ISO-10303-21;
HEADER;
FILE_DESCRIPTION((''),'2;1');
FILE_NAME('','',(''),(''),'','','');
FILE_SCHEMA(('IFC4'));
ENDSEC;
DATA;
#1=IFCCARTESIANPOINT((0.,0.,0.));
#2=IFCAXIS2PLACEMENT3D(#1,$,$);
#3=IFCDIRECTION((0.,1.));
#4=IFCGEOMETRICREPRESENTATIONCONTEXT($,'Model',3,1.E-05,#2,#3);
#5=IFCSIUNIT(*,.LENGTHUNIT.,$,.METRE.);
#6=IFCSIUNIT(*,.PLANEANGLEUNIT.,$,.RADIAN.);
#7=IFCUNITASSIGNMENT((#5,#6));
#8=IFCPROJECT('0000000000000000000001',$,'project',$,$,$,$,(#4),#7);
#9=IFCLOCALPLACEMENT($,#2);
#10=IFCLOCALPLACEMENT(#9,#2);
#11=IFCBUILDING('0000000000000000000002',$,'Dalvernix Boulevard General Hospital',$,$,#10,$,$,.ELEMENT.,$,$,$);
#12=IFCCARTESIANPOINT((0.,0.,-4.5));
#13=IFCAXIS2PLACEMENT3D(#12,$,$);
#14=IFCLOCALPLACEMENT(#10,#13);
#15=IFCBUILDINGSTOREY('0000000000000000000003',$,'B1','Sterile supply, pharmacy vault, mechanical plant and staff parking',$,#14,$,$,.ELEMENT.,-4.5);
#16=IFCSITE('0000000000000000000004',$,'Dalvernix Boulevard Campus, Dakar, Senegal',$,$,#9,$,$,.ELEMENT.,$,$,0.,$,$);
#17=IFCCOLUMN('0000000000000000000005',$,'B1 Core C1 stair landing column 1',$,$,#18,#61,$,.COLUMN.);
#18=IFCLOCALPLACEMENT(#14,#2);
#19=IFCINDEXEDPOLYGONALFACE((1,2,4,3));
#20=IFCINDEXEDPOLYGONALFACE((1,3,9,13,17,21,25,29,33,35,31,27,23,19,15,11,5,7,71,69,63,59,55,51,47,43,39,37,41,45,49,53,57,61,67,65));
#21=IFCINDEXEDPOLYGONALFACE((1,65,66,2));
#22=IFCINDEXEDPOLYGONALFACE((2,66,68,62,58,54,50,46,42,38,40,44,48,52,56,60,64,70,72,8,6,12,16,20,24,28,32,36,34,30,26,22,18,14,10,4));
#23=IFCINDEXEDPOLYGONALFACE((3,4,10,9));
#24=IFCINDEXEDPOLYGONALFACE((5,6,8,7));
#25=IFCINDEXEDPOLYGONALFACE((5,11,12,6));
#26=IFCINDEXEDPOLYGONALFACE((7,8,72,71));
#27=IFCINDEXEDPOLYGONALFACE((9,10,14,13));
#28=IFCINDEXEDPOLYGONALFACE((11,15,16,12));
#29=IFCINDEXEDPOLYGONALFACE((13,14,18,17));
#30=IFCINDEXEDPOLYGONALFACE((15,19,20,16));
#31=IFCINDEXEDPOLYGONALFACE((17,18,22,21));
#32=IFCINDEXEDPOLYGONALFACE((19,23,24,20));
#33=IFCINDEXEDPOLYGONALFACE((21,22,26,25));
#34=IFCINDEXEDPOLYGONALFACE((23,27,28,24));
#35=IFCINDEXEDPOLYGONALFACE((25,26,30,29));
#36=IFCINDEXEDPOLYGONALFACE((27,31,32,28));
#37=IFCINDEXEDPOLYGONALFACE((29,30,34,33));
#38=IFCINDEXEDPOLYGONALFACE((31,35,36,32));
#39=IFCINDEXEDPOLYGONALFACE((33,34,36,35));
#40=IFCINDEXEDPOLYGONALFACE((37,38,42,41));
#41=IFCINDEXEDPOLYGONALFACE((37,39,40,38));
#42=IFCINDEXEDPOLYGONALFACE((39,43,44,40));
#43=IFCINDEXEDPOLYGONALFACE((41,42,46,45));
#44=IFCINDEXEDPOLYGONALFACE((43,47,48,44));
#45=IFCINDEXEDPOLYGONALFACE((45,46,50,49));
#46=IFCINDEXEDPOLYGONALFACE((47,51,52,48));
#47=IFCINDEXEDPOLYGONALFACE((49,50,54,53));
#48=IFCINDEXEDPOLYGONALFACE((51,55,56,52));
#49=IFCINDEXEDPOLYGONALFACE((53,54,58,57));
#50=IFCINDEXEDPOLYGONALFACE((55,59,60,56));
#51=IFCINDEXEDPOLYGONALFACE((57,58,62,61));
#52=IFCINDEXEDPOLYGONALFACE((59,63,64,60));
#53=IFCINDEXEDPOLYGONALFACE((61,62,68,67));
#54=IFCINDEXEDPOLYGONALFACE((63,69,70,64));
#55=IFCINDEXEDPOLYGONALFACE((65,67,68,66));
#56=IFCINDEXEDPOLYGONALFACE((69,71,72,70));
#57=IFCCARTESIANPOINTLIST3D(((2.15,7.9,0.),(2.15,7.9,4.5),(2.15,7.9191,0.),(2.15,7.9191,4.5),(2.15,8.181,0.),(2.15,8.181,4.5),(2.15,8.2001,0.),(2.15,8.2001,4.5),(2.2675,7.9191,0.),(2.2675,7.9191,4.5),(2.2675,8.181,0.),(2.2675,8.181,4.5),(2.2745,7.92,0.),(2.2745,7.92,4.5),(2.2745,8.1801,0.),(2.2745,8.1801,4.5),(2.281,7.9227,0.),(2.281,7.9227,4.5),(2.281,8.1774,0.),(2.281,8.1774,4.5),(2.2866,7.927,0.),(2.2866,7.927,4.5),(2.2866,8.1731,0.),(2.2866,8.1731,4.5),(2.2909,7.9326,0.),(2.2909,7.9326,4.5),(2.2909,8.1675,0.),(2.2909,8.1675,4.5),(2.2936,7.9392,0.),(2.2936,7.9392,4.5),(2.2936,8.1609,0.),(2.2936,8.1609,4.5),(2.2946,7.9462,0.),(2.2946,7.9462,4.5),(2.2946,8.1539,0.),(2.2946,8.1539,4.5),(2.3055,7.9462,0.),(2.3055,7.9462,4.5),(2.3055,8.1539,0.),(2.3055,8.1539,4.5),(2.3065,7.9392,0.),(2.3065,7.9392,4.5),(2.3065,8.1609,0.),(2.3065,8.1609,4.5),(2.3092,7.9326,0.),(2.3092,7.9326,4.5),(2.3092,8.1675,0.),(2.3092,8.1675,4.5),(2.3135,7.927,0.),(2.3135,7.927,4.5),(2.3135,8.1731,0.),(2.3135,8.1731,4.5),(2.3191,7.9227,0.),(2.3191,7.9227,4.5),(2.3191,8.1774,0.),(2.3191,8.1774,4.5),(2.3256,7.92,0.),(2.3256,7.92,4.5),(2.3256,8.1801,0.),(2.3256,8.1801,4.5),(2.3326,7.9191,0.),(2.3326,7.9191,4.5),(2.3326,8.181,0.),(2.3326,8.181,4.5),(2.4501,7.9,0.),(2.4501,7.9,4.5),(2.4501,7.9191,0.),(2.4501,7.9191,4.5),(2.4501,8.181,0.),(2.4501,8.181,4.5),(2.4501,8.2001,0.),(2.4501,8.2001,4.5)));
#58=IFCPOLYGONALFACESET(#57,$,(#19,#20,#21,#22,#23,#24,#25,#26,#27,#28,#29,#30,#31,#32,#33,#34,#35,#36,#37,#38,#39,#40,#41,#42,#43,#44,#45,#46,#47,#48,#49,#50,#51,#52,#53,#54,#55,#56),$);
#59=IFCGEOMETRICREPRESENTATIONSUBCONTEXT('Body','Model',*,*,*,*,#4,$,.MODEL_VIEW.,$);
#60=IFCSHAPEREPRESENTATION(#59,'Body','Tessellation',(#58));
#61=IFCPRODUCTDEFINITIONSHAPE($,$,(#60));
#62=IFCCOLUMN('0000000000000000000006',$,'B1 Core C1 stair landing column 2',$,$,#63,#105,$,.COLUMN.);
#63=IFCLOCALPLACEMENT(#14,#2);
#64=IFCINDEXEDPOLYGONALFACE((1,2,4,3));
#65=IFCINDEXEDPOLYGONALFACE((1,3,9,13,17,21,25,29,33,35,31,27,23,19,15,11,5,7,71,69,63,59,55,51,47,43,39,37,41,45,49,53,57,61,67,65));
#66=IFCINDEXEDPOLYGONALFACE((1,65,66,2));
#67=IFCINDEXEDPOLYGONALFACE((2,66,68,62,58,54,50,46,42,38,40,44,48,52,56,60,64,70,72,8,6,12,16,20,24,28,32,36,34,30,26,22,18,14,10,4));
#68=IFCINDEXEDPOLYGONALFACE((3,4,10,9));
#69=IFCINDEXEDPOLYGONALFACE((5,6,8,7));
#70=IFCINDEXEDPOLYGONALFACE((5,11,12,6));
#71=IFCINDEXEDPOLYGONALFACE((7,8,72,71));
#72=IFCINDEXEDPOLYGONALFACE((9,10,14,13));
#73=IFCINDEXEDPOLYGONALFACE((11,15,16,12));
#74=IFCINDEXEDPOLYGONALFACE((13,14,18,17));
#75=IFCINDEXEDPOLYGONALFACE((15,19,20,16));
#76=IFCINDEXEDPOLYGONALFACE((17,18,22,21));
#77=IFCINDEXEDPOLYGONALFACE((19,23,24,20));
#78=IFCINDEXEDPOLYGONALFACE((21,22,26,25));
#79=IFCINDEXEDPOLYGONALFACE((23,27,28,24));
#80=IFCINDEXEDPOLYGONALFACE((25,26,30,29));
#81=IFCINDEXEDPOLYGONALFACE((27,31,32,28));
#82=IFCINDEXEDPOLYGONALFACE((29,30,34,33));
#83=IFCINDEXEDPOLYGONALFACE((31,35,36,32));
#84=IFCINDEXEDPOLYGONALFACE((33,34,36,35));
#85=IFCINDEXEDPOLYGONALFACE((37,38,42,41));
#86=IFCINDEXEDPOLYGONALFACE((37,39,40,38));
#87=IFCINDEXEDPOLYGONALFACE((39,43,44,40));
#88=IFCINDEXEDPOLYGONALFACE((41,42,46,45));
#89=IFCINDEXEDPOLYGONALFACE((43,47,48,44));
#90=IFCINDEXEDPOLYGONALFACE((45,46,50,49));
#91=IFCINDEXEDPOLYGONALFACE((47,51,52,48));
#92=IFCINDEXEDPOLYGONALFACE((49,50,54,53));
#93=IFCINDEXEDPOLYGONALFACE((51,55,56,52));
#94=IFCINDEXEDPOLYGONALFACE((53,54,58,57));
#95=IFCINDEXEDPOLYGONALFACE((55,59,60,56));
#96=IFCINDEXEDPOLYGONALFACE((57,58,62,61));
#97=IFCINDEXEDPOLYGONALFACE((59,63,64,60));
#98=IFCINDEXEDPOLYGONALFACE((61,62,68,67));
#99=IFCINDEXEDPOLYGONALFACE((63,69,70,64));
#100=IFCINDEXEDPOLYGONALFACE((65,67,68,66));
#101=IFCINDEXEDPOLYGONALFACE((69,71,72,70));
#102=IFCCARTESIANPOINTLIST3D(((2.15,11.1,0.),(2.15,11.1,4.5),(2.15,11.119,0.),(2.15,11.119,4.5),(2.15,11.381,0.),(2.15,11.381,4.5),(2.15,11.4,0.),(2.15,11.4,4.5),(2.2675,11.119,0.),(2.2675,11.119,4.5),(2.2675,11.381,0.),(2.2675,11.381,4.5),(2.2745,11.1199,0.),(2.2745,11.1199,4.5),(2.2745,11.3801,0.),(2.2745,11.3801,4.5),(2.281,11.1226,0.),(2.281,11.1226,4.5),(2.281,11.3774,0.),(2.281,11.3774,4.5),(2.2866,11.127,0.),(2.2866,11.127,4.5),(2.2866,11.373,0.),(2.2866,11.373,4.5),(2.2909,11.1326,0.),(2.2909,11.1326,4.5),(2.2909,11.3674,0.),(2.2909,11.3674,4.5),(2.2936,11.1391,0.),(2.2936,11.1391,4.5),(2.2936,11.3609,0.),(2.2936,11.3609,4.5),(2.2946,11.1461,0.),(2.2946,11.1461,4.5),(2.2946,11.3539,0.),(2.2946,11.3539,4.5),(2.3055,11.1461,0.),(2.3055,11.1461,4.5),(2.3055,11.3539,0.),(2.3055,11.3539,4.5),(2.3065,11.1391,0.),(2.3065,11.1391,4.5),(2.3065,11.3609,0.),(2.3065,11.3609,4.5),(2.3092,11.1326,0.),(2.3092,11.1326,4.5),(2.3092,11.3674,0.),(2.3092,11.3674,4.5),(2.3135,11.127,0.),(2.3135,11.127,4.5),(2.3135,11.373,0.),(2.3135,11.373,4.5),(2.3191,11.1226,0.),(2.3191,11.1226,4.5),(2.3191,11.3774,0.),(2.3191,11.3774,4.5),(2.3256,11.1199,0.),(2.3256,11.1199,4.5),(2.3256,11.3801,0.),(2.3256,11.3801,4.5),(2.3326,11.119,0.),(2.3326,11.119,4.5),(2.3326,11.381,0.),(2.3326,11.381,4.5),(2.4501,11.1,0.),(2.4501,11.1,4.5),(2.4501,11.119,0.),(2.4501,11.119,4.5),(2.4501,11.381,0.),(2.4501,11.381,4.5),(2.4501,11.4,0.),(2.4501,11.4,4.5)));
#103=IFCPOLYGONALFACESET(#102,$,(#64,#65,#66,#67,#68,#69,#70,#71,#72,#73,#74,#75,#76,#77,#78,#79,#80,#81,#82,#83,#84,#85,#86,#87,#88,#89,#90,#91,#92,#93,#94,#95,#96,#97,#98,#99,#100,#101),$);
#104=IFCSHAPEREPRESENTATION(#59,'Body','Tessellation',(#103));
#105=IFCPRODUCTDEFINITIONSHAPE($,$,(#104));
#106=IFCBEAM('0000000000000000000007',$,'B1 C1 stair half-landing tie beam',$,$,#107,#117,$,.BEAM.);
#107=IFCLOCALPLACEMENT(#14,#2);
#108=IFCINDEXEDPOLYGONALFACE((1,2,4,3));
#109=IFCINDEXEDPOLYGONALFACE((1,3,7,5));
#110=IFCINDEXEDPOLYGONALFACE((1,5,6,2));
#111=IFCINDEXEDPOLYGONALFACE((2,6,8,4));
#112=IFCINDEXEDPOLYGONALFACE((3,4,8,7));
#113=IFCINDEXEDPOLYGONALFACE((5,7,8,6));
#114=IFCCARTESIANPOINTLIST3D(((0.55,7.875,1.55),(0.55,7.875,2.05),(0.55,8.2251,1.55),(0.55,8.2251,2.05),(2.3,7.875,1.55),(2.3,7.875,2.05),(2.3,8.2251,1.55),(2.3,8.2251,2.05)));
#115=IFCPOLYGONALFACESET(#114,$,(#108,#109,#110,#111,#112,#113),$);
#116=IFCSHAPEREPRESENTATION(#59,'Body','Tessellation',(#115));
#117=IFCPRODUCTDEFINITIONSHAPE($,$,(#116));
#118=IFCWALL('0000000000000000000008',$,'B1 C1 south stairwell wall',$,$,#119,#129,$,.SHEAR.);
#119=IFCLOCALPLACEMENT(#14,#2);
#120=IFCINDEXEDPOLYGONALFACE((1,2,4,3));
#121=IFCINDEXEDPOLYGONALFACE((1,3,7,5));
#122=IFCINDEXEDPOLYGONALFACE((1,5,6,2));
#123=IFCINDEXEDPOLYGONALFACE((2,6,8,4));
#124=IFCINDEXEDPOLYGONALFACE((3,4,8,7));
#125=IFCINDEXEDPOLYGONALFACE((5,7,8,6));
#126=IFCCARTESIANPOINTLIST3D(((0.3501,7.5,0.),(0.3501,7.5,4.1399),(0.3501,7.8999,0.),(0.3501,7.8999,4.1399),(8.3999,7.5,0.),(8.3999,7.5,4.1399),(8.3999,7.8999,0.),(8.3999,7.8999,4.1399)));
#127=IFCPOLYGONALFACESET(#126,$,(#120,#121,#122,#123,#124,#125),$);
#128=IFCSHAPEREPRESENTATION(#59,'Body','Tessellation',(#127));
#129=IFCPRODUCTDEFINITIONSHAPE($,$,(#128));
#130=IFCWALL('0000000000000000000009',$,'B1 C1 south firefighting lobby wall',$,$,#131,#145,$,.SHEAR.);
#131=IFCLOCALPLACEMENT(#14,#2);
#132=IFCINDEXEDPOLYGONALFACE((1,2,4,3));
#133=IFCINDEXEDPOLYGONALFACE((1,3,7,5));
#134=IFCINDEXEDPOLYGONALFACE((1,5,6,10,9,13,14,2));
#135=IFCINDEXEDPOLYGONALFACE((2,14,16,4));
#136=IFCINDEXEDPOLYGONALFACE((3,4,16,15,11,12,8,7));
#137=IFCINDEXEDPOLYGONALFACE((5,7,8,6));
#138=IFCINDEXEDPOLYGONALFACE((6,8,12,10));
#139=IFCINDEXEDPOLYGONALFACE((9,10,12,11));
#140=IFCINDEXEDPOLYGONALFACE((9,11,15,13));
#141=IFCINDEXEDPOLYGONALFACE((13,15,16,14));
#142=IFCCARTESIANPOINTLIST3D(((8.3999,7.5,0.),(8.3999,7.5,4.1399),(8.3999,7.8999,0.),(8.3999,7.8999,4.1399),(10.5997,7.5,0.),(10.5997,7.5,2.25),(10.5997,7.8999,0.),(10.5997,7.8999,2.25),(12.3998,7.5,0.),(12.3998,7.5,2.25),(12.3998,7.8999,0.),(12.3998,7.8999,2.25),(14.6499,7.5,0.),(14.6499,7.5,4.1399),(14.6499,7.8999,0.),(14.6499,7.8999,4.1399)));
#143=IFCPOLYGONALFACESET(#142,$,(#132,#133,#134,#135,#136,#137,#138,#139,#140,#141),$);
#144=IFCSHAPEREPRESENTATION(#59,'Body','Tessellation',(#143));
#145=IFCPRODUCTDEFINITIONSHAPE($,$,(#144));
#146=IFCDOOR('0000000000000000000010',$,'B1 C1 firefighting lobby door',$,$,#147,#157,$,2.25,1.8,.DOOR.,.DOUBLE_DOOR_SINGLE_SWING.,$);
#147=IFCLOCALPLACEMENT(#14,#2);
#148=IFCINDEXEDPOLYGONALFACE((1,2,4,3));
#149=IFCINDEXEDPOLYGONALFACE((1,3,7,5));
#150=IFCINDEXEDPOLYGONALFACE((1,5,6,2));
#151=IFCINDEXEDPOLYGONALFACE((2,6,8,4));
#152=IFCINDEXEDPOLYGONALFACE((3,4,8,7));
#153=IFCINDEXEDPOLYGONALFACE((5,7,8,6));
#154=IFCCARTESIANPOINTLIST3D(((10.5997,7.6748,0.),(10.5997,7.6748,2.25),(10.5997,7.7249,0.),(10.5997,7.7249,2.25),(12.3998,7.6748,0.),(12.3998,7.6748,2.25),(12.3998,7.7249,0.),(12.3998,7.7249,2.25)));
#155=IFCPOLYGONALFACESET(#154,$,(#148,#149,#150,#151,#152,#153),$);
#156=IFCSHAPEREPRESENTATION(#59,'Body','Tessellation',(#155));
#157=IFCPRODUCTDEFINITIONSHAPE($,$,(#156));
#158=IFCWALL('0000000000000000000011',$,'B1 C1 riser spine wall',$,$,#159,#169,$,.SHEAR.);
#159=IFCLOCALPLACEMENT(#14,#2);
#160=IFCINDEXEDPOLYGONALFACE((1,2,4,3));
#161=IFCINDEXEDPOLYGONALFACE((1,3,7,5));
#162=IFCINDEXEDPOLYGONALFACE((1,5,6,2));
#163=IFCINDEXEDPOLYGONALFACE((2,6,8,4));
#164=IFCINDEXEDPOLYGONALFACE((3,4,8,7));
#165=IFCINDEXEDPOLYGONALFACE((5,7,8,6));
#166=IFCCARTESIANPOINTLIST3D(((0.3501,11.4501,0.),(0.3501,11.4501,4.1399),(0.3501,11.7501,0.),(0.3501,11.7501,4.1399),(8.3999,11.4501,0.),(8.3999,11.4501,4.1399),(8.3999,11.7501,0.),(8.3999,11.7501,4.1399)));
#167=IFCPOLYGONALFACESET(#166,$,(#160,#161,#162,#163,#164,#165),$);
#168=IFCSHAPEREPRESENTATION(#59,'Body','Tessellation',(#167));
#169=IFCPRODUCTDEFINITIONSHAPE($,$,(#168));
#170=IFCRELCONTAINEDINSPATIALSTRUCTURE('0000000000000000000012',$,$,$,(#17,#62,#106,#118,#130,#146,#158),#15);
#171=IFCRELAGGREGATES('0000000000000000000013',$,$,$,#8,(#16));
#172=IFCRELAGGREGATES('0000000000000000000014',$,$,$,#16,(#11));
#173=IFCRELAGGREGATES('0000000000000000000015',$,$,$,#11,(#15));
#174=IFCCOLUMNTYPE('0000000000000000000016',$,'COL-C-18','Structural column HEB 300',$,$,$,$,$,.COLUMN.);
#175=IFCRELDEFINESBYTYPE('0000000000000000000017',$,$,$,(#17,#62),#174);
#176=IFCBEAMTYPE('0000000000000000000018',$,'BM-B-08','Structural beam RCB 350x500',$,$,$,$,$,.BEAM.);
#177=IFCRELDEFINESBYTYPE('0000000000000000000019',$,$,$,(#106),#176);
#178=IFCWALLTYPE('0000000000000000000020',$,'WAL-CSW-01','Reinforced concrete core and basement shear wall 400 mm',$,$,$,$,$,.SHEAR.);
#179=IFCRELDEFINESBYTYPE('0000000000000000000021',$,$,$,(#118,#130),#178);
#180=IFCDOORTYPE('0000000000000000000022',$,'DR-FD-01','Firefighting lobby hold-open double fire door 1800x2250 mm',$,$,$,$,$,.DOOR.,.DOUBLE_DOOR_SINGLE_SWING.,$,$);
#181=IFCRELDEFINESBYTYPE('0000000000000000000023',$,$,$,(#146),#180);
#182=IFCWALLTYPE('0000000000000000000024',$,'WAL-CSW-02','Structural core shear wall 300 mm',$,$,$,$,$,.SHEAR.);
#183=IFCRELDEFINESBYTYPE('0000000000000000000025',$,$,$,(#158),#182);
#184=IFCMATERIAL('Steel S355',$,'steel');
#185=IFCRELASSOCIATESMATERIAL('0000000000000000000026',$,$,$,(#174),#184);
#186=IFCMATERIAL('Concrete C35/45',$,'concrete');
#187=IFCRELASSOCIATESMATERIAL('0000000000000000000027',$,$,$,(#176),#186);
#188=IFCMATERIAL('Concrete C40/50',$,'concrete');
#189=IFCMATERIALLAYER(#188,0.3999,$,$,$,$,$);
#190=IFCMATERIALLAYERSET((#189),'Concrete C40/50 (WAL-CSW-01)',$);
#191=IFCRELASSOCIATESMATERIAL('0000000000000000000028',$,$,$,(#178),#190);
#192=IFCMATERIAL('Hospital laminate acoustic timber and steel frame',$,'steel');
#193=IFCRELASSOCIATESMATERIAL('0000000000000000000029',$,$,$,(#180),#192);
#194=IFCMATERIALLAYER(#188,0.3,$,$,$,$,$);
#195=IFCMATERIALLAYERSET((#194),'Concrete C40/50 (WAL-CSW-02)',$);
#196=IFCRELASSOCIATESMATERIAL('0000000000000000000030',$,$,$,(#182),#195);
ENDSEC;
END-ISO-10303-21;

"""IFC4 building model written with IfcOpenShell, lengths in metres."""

from ifc_helpers import new_model, si_unit, direction, frame, frame_2d, origin, origin_2d, place, context, subcontext, project, spatial, rectangle, i_section, extrude, material, layer, layer_set, material_profile, profile_set, type_object, element, fill, save


model = new_model("IFC4")

# Units and contexts
model_context = context("Model", 3, precision=1e-05, world=origin(), true_north=direction((0.0, 1.0)))
body_context = subcontext(model_context, "Body", "Model", "MODEL_VIEW")
ifc_project = project(units=[si_unit("LENGTHUNIT", "METRE"), si_unit("PLANEANGLEUNIT", "RADIAN")], contexts=[model_context])

# Site, building, storey
site_placement = place(None, origin())
site = spatial("IfcSite", under=ifc_project, at=site_placement, Name="Dalvernix Boulevard Campus, Dakar, Senegal", CompositionType="ELEMENT", RefElevation=0.0)
building_placement = place(site_placement, origin())
building = spatial("IfcBuilding", under=site, at=building_placement, Name="Dalvernix Boulevard General Hospital", CompositionType="ELEMENT")
storey_placement = place(building_placement, frame((0.0, 0.0, -4.5)))
storey = spatial("IfcBuildingStorey", under=building, at=storey_placement, Name="B1", Description="Sterile supply, pharmacy vault, mechanical plant and staff parking", CompositionType="ELEMENT", Elevation=-4.5)

# Shared definitions
ifc_material_1 = material(Name="Concrete C35/45", Category="concrete")

# Columns
ifc_material_2 = material(Name="Steel S355", Category="steel")
ifc_material_profile_1 = material_profile(ifc_material_2, i_section(OverallWidth=0.3, OverallDepth=0.3, WebThickness=0.011, FlangeThickness=0.019, FilletRadius=0.0271, at=origin_2d()), Name="HEB 300")
ifc_profile_set_1 = profile_set([ifc_material_profile_1], Name="Steel S355")
column_type = type_object("IfcColumnType", Name="COL-C-18", Description="Structural column HEB 300", PredefinedType="COLUMN", material=ifc_profile_set_1)
for number, where, z_axis, x_axis, name in (
    (1, (2.3, 8.05, 0.0), (0.0, 0.0, 1.0), (1.0, 0.0, 0.0), "B1 Core C1 stair landing column 1"),
    (2, (2.3, 11.25, 0.0), (0.0, 0.0, 1.0), (1.0, 0.0, 0.0), "B1 Core C1 stair landing column 2"),
):
    element("IfcColumn", number, at=place(storey_placement, frame(where, z_axis=z_axis, x_axis=x_axis)), inside=storey, type_object=column_type, Name=name, PredefinedType="COLUMN", context=body_context, shape_type="SweptSolid", body=[
        extrude(i_section(OverallWidth=0.3, OverallDepth=0.3, WebThickness=0.011, FlangeThickness=0.019, FilletRadius=0.0271, at=origin_2d()), origin(), (0.0, 0.0, 1.0), 4.5),
    ])

# Beam
ifc_material_profile_2 = material_profile(ifc_material_1, rectangle(XDim=0.3501, YDim=0.5, at=origin_2d()), Name="RCB 350x500")
ifc_profile_set_2 = profile_set([ifc_material_profile_2], Name="Concrete C35/45")
beam_type = type_object("IfcBeamType", Name="BM-B-08", Description="Structural beam RCB 350x500", PredefinedType="BEAM", material=ifc_profile_set_2)
beam_placement = place(storey_placement, frame((0.55, 8.05, 1.8), z_axis=(1.0, 0.0, 0.0), x_axis=(0.0, 1.0, 0.0)))
element("IfcBeam", 3, at=beam_placement, inside=storey, type_object=beam_type, Name="B1 C1 stair half-landing tie beam", PredefinedType="BEAM", context=body_context, shape_type="SweptSolid", body=[
    extrude(rectangle(XDim=0.3501, YDim=0.5, at=origin_2d()), origin(), (0.0, 0.0, 1.0), 1.75),
])

# Wall
ifc_material_3 = material(Name="Concrete C40/50", Category="concrete")
ifc_layer_1 = layer(ifc_material_3, 0.3999)
ifc_layer_set_1 = layer_set([ifc_layer_1], Name="Concrete C40/50 (WAL-CSW-01)")
wall_type_1 = type_object("IfcWallType", Name="WAL-CSW-01", Description="Reinforced concrete core and basement shear wall 400 mm", PredefinedType="SHEAR", material=ifc_layer_set_1)
wall_1_placement = place(storey_placement, frame((0.3501, 7.7, 0.0), z_axis=(0.0, 0.0, 1.0), x_axis=(1.0, 0.0, 0.0)))
element("IfcWall", 4, at=wall_1_placement, inside=storey, type_object=wall_type_1, Name="B1 C1 south stairwell wall", PredefinedType="SHEAR", context=body_context, shape_type="SweptSolid", body=[
    extrude(rectangle(XDim=8.0498, YDim=0.3999, at=frame_2d((4.0249, 0.0))), origin(), (0.0, 0.0, 1.0), 4.1399),
])

# Wall, opening, door
wall_2_placement = place(storey_placement, frame((8.3999, 7.7, 0.0), z_axis=(0.0, 0.0, 1.0), x_axis=(1.0, 0.0, 0.0)))
wall_2 = element("IfcWall", 5, at=wall_2_placement, inside=storey, type_object=wall_type_1, Name="B1 C1 south firefighting lobby wall", PredefinedType="SHEAR", context=body_context, shape_type="SweptSolid", body=[
    extrude(rectangle(XDim=6.25, YDim=0.3999, at=frame_2d((3.125, 0.0))), origin(), (0.0, 0.0, 1.0), 4.1399),
])
opening_1_placement = place(wall_2_placement, frame((2.2, 0.0, 0.0)))
opening_1 = element("IfcOpeningElement", 6, at=opening_1_placement, cuts=wall_2, PredefinedType="OPENING", context=body_context, shape_type="SweptSolid", body=[
    extrude(rectangle(XDim=1.8, YDim=2.25, at=frame_2d((0.8999, 1.125))), frame((0.0, 0.21, 0.0), z_axis=(0.0, -1.0, 0.0), x_axis=(1.0, 0.0, 0.0)), (0.0, 0.0, 1.0), 0.4199),
])
ifc_material_4 = material(Name="Hospital laminate acoustic timber and steel frame", Category="steel")
door_type_1 = type_object("IfcDoorType", Name="DR-FD-01", Description="Firefighting lobby hold-open double fire door 1800x2250 mm", OperationType="DOUBLE_DOOR_SINGLE_SWING", PredefinedType="DOOR", material=ifc_material_4)
door_1_placement = place(opening_1_placement, origin())
door_1 = element("IfcDoor", 7, at=door_1_placement, inside=storey, type_object=door_type_1, Name="B1 C1 firefighting lobby door", OperationType="DOUBLE_DOOR_SINGLE_SWING", OverallHeight=2.25, OverallWidth=1.8, PredefinedType="DOOR", context=body_context, shape_type="SweptSolid", body=[
    extrude(rectangle(XDim=1.8, YDim=2.25, at=frame_2d((0.8999, 1.125))), frame((0.0, 0.0249, 0.0), z_axis=(0.0, -1.0, 0.0), x_axis=(1.0, 0.0, 0.0)), (0.0, 0.0, 1.0), 0.05),
])
fill(opening_1, door_1)

# Wall
ifc_layer_2 = layer(ifc_material_3, 0.3)
ifc_layer_set_2 = layer_set([ifc_layer_2], Name="Concrete C40/50 (WAL-CSW-02)")
wall_type_2 = type_object("IfcWallType", Name="WAL-CSW-02", Description="Structural core shear wall 300 mm", PredefinedType="SHEAR", material=ifc_layer_set_2)
wall_3_placement = place(storey_placement, frame((0.3501, 11.6001, 0.0), z_axis=(0.0, 0.0, 1.0), x_axis=(1.0, 0.0, 0.0)))
element("IfcWall", 8, at=wall_3_placement, inside=storey, type_object=wall_type_2, Name="B1 C1 riser spine wall", PredefinedType="SHEAR", context=body_context, shape_type="SweptSolid", body=[
    extrude(rectangle(XDim=8.0498, YDim=0.3, at=frame_2d((4.0249, 0.0))), origin(), (0.0, 0.0, 1.0), 4.1399),
])

save(model, "model.ifc")
